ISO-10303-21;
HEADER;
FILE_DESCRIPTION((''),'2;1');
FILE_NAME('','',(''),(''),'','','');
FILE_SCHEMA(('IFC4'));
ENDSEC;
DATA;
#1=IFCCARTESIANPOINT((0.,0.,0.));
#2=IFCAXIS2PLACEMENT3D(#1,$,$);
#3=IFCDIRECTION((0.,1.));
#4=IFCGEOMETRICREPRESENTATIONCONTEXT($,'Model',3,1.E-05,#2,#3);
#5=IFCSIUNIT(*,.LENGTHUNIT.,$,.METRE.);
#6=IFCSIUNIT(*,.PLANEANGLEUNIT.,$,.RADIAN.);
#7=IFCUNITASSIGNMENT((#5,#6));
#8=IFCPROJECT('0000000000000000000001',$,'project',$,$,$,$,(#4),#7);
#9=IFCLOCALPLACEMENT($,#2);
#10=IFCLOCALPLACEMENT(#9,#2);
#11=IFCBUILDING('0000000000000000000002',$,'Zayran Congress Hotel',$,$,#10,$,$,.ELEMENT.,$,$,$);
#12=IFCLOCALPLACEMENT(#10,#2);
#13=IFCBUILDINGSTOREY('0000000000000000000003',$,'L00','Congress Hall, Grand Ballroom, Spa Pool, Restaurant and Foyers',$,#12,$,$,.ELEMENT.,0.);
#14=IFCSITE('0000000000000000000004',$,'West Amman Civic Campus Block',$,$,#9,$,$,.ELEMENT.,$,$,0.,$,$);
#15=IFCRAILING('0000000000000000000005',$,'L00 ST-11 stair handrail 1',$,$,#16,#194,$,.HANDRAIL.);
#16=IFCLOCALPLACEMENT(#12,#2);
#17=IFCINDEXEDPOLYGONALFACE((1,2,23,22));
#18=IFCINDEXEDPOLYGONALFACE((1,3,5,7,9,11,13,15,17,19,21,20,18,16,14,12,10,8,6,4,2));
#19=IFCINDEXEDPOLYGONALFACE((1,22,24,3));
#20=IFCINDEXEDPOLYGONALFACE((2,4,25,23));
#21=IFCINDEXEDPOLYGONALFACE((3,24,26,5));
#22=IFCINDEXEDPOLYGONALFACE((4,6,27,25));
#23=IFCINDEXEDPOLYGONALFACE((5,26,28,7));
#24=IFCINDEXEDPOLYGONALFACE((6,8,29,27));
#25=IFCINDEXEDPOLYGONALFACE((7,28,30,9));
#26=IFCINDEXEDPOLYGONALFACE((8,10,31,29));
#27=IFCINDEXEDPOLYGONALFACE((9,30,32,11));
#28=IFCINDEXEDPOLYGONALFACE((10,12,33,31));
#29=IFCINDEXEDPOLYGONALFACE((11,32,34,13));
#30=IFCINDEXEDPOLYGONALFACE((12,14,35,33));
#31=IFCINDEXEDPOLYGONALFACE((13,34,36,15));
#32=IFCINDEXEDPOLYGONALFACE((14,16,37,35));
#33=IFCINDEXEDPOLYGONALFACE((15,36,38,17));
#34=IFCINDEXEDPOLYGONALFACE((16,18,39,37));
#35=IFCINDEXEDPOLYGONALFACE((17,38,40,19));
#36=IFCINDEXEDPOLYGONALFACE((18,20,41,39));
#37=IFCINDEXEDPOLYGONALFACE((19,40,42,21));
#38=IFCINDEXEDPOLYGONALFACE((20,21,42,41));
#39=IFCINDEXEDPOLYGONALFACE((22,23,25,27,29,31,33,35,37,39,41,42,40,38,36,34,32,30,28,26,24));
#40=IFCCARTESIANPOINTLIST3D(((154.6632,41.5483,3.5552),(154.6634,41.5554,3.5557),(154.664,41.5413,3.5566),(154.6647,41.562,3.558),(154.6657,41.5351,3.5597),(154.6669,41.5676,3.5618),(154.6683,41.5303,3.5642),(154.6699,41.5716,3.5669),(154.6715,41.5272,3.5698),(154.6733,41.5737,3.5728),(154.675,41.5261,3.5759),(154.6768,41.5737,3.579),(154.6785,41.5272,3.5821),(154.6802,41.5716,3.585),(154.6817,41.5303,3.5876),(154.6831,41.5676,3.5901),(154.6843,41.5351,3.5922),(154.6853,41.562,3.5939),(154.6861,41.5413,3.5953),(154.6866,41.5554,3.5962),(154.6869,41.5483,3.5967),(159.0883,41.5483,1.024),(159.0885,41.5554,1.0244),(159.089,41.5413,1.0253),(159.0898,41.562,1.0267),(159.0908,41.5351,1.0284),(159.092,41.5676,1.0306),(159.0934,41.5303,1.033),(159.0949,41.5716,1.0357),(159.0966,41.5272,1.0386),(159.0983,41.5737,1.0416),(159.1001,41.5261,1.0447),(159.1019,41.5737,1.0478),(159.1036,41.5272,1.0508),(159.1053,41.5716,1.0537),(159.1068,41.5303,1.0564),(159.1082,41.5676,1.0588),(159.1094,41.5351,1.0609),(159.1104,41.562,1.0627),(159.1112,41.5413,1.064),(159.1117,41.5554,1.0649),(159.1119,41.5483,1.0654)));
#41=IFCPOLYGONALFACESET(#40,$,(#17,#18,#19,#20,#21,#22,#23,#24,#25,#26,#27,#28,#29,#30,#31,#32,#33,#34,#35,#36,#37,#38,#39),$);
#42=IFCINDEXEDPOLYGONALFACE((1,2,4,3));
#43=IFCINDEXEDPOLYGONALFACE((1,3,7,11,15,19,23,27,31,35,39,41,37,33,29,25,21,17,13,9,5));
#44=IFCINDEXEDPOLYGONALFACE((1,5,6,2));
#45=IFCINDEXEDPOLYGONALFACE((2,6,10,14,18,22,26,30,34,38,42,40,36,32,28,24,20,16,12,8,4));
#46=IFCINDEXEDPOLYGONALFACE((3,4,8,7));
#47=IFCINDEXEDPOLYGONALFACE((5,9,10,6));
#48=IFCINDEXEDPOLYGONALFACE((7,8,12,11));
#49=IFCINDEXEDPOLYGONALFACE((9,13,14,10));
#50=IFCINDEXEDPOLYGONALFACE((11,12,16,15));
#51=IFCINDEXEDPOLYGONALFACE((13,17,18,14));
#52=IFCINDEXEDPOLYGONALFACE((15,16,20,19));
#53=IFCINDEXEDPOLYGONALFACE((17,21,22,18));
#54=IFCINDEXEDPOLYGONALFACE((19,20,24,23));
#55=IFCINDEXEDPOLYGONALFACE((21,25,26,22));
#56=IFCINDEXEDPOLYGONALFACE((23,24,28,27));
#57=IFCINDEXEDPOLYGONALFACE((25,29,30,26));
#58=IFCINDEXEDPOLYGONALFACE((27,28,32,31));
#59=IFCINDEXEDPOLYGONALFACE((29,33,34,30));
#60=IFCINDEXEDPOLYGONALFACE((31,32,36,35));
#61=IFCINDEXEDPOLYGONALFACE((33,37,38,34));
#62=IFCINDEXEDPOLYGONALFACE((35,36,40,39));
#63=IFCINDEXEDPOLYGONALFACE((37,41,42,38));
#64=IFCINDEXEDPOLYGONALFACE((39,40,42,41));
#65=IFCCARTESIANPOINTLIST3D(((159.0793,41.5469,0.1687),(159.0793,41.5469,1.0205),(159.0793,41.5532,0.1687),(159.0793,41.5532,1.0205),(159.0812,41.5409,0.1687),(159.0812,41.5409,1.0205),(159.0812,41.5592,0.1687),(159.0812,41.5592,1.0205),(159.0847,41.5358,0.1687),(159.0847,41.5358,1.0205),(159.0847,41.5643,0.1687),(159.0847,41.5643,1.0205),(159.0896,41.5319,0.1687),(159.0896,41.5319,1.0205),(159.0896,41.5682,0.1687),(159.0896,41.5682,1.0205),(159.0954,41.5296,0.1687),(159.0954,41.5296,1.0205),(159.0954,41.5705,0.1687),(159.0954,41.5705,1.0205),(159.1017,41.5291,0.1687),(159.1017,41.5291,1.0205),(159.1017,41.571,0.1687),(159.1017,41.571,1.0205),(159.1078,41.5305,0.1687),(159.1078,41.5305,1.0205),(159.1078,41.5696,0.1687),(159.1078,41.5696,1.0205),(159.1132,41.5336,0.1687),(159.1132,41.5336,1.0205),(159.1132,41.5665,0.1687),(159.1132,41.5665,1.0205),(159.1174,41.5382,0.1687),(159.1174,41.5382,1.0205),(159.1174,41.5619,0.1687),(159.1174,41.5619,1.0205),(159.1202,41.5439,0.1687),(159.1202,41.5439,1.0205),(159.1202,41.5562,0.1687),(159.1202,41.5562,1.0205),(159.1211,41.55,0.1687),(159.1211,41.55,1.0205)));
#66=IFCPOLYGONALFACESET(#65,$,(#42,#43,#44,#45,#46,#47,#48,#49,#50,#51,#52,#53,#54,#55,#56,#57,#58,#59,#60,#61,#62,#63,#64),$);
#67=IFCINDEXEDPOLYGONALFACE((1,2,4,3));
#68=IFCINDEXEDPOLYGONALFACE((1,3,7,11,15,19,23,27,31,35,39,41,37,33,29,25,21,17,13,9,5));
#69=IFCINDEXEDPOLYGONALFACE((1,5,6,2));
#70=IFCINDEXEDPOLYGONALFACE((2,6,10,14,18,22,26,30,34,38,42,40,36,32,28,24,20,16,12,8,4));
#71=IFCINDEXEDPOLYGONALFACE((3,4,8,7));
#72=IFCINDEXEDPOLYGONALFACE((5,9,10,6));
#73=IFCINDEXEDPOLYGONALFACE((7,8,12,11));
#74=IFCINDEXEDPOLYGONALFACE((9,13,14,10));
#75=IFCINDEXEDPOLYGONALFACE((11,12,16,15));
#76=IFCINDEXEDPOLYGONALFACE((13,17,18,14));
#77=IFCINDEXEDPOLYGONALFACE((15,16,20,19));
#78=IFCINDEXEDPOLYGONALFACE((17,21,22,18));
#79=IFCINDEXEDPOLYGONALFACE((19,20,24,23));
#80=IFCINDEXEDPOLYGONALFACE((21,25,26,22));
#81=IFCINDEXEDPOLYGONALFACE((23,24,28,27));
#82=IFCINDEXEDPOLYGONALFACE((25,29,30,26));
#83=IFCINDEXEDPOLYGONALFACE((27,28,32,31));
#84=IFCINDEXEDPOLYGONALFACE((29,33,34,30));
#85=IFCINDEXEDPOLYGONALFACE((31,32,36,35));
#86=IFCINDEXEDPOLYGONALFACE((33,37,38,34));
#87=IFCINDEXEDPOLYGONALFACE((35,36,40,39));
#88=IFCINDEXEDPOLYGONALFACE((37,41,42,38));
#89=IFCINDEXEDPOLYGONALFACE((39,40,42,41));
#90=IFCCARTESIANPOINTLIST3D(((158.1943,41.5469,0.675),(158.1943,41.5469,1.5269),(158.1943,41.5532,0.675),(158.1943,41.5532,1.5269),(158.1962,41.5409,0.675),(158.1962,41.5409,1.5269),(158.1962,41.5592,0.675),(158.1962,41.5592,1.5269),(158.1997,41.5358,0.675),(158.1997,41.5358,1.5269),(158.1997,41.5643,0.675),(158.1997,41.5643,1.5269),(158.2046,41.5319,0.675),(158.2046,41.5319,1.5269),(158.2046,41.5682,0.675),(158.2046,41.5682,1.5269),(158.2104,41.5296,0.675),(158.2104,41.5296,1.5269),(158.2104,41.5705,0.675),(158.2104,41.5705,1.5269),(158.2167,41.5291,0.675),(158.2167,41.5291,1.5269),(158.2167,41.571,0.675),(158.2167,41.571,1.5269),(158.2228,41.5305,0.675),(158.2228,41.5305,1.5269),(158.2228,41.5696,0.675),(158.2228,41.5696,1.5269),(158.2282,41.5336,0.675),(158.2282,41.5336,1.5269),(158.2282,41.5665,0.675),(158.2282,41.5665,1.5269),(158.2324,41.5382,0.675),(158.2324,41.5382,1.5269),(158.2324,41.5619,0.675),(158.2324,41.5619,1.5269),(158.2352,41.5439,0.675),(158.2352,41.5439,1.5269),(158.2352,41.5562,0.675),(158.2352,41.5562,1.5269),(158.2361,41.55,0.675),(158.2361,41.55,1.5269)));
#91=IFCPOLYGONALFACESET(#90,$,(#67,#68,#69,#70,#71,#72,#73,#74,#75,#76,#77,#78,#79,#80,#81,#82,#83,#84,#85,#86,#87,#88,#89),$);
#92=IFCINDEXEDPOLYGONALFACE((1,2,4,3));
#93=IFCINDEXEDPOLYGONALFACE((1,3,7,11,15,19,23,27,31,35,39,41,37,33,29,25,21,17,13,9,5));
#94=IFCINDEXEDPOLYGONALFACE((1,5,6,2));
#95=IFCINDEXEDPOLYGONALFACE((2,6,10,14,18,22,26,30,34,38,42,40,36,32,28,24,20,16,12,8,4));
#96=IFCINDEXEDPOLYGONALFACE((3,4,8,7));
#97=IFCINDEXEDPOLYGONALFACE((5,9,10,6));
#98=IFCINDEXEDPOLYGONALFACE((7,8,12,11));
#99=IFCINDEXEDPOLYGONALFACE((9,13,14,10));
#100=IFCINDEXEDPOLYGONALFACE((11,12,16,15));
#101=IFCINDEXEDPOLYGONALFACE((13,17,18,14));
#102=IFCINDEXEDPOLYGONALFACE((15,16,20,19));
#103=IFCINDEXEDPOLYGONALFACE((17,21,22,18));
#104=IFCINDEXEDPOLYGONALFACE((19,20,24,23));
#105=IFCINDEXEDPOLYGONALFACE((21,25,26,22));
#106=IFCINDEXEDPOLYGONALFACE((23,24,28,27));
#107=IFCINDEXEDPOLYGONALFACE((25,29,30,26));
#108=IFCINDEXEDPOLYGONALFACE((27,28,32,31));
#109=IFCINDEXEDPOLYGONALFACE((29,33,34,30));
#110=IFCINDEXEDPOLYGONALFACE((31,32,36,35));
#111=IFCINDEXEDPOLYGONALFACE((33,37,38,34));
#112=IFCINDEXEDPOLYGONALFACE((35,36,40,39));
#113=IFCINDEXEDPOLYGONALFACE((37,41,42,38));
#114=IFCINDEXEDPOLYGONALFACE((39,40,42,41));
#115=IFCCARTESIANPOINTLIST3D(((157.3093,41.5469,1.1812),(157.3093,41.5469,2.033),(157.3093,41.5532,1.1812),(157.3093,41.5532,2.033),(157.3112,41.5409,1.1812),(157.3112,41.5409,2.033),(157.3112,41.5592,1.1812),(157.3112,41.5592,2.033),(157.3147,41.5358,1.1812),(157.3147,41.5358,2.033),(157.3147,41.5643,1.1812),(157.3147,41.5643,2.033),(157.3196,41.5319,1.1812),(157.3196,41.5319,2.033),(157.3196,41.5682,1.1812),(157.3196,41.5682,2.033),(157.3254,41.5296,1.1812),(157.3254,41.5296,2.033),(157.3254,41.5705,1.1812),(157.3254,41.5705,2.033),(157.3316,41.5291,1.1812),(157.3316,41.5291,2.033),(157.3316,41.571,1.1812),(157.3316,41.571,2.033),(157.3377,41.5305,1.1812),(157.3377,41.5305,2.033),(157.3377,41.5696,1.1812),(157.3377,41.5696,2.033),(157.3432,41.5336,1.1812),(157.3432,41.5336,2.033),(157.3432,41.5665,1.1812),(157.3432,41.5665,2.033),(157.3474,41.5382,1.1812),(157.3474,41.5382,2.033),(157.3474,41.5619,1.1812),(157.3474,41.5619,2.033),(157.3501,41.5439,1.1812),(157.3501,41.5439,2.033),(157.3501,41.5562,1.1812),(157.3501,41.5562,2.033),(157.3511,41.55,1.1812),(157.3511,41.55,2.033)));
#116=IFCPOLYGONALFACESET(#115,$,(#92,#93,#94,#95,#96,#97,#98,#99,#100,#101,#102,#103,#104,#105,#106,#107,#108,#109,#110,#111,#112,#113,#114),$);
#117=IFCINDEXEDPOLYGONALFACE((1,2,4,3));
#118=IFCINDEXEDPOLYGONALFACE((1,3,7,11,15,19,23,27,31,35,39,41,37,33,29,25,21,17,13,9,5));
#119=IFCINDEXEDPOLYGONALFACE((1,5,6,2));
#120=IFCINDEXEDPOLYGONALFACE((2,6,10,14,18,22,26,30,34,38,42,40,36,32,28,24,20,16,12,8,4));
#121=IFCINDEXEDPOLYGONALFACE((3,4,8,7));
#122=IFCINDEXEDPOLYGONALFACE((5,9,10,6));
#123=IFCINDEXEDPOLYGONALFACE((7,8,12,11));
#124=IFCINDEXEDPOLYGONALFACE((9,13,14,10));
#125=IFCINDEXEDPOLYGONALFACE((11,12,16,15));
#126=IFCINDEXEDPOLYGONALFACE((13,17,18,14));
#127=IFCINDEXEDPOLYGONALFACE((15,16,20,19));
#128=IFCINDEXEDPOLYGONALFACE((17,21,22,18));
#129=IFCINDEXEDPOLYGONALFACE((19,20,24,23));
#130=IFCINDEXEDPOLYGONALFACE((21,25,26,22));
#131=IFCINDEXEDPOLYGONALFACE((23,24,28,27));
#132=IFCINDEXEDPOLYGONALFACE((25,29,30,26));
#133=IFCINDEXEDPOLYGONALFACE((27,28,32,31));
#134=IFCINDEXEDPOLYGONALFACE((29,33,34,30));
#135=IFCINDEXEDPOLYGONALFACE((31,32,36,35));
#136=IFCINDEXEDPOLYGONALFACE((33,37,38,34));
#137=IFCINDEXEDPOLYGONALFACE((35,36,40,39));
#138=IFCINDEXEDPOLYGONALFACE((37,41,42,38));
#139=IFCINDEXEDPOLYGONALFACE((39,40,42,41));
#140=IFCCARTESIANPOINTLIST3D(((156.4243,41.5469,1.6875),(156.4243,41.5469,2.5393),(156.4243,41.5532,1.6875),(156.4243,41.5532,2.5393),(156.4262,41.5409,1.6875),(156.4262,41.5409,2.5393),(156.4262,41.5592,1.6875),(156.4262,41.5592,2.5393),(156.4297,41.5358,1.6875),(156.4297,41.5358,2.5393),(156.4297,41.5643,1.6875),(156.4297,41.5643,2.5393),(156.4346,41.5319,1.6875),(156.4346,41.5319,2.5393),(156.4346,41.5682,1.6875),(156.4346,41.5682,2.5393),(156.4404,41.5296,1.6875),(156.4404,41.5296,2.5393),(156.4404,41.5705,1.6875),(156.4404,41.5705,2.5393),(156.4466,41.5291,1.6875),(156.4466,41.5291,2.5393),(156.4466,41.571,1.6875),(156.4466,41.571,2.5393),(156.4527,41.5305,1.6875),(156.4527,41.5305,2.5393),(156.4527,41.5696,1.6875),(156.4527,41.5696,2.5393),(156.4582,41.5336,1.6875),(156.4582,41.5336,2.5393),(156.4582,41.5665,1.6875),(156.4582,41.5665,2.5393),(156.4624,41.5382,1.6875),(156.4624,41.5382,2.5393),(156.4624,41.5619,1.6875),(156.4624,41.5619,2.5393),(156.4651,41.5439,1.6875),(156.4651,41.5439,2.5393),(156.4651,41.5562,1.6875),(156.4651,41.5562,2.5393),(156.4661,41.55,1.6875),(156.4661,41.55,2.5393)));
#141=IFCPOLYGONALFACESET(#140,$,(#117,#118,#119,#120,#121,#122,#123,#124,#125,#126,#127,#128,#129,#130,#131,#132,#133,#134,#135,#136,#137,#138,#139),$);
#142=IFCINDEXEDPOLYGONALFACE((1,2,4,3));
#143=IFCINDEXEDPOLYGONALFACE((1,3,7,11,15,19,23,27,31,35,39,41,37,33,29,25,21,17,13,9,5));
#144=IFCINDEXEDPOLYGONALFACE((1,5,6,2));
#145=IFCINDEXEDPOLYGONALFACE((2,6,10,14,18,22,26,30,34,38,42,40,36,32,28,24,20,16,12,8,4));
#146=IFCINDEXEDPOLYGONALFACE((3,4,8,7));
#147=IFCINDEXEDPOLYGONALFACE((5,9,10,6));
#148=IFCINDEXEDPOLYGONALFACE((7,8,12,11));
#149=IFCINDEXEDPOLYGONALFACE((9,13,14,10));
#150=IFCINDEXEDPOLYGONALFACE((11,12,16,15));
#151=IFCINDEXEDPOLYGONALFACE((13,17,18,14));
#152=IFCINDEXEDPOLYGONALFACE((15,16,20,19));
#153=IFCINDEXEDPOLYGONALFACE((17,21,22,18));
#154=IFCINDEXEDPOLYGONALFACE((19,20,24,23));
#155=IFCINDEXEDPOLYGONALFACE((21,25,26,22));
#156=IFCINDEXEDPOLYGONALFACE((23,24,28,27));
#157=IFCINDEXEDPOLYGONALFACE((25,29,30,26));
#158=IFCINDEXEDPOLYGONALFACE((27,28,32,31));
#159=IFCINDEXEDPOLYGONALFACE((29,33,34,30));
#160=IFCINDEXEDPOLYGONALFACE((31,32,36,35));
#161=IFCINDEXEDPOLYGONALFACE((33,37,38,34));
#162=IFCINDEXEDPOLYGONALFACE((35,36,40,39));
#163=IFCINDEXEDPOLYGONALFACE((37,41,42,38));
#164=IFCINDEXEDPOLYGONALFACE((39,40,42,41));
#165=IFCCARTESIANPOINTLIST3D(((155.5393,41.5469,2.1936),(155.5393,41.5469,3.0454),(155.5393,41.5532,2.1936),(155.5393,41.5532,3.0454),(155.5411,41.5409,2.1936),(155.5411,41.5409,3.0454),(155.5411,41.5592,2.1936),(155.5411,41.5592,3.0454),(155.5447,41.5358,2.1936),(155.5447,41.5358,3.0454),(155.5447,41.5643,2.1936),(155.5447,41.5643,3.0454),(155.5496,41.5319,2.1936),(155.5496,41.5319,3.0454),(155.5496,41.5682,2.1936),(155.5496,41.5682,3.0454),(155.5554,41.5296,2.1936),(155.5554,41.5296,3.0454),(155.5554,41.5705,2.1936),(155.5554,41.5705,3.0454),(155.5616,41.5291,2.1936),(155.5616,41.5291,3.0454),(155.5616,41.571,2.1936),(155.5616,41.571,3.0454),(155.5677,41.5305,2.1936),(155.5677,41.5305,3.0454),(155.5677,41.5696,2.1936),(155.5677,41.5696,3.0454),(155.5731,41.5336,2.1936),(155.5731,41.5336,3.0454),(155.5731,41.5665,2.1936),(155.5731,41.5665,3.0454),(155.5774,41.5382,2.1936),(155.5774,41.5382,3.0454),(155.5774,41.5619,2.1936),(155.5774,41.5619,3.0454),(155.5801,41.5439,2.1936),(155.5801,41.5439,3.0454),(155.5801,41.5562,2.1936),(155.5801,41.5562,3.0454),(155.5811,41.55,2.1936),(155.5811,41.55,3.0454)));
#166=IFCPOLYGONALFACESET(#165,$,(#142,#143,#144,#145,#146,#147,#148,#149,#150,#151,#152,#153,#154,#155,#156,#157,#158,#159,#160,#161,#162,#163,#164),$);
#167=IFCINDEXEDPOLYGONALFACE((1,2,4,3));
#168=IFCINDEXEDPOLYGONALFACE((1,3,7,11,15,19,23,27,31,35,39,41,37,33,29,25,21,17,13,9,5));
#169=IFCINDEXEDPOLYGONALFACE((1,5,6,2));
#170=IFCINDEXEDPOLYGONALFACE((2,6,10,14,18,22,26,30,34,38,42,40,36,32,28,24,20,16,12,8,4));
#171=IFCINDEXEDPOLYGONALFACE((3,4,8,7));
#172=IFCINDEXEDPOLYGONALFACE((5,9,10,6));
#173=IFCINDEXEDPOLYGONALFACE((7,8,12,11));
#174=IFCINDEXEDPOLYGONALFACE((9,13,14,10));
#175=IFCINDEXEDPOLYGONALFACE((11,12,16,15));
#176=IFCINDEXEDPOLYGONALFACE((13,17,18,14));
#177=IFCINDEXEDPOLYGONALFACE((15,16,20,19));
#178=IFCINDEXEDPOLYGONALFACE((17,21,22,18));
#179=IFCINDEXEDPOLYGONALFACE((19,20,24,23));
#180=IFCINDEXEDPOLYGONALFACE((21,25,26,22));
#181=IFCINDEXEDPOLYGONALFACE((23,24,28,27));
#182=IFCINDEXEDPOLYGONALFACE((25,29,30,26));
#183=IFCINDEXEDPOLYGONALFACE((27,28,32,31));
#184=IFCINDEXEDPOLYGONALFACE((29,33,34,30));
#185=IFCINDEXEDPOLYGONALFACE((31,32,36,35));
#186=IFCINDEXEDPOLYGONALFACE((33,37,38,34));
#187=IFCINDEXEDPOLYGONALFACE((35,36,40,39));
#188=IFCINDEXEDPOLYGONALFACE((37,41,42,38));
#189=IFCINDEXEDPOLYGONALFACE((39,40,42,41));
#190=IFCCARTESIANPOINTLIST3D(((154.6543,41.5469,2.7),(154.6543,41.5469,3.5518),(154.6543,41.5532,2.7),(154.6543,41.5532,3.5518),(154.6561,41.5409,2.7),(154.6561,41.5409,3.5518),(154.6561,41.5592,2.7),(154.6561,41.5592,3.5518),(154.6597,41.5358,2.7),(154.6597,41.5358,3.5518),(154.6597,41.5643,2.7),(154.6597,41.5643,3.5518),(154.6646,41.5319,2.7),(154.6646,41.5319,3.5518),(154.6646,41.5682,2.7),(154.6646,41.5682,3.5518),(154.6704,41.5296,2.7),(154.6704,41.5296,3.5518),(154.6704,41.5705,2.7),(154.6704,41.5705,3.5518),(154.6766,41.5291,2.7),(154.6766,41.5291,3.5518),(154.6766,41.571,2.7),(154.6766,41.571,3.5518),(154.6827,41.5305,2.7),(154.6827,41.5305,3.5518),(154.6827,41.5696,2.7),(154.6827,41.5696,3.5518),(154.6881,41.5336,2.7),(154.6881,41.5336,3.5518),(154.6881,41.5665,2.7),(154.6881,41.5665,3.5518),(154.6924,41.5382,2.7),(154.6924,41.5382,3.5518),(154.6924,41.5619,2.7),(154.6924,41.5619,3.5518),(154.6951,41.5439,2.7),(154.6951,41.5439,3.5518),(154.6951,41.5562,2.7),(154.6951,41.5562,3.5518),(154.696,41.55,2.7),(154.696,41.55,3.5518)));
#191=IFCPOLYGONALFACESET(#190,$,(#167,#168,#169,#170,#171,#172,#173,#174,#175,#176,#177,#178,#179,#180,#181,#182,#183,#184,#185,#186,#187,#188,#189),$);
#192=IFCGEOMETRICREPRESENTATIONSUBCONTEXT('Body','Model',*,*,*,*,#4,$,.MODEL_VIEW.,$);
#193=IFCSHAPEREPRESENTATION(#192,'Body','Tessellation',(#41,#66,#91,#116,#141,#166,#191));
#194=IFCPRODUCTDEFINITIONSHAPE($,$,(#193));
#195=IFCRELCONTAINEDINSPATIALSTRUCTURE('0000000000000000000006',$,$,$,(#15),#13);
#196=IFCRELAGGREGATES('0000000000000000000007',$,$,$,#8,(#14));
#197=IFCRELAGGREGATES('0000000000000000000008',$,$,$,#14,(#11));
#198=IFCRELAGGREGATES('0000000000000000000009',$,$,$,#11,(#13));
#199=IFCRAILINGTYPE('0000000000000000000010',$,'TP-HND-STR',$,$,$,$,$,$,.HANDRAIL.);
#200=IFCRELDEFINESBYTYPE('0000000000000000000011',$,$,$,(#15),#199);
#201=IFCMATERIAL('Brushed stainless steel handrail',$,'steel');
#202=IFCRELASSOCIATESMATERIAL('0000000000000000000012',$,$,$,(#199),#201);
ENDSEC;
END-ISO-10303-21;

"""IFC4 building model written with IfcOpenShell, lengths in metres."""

from ifc_helpers import new_model, si_unit, direction, frame, origin, origin_2d, place, context, subcontext, project, spatial, circle, extrude, material, type_object, element, save


model = new_model("IFC4")

# Units and contexts
model_context = context("Model", 3, precision=1e-05, world=origin(), true_north=direction((0.0, 1.0)))
body_context = subcontext(model_context, "Body", "Model", "MODEL_VIEW")
ifc_project = project(units=[si_unit("LENGTHUNIT", "METRE"), si_unit("PLANEANGLEUNIT", "RADIAN")], contexts=[model_context])

# Site, building, storey
site_placement = place(None, origin())
site = spatial("IfcSite", under=ifc_project, at=site_placement, Name="West Amman Civic Campus Block", CompositionType="ELEMENT", RefElevation=0.0)
building_placement = place(site_placement, origin())
building = spatial("IfcBuilding", under=site, at=building_placement, Name="Zayran Congress Hotel", CompositionType="ELEMENT")
storey_placement = place(building_placement, origin())
storey = spatial("IfcBuildingStorey", under=building, at=storey_placement, Name="L00", Description="Congress Hall, Grand Ballroom, Spa Pool, Restaurant and Foyers", CompositionType="ELEMENT", Elevation=0.0)

# Railing
ifc_material_1 = material(Name="Brushed stainless steel handrail", Category="steel")
railing_type_1 = type_object("IfcRailingType", Name="TP-HND-STR", PredefinedType="HANDRAIL", material=ifc_material_1)
railing_1_placement = place(storey_placement, frame((159.1001, 41.55, 0.1687)))
element("IfcRailing", 1, at=railing_1_placement, inside=storey, type_object=railing_type_1, Name="L00 ST-11 stair handrail 1", PredefinedType="HANDRAIL", context=body_context, shape_type="SweptSolid", body=[
    extrude(circle(Radius=0.0239, at=origin_2d()), frame((0.0, 0.0, 0.876), z_axis=(-0.868019, 0.0, 0.496531), x_axis=(0.0, -1.0, 0.0)), (0.0, 0.0, 1.0), 5.0979),
    extrude(circle(Radius=0.021, at=origin_2d()), origin(), (0.0, 0.0, 1.0), 0.8518),
    extrude(circle(Radius=0.021, at=origin_2d()), frame((-0.885, 0.0, 0.5063)), (0.0, 0.0, 1.0), 0.8518),
    extrude(circle(Radius=0.021, at=origin_2d()), frame((-1.77, 0.0, 1.0125)), (0.0, 0.0, 1.0), 0.8518),
    extrude(circle(Radius=0.021, at=origin_2d()), frame((-2.655, 0.0, 1.5188)), (0.0, 0.0, 1.0), 0.8518),
    extrude(circle(Radius=0.021, at=origin_2d()), frame((-3.54, 0.0, 2.0249)), (0.0, 0.0, 1.0), 0.8518),
    extrude(circle(Radius=0.021, at=origin_2d()), frame((-4.425, 0.0, 2.5312)), (0.0, 0.0, 1.0), 0.8518),
])

save(model, "model.ifc")
